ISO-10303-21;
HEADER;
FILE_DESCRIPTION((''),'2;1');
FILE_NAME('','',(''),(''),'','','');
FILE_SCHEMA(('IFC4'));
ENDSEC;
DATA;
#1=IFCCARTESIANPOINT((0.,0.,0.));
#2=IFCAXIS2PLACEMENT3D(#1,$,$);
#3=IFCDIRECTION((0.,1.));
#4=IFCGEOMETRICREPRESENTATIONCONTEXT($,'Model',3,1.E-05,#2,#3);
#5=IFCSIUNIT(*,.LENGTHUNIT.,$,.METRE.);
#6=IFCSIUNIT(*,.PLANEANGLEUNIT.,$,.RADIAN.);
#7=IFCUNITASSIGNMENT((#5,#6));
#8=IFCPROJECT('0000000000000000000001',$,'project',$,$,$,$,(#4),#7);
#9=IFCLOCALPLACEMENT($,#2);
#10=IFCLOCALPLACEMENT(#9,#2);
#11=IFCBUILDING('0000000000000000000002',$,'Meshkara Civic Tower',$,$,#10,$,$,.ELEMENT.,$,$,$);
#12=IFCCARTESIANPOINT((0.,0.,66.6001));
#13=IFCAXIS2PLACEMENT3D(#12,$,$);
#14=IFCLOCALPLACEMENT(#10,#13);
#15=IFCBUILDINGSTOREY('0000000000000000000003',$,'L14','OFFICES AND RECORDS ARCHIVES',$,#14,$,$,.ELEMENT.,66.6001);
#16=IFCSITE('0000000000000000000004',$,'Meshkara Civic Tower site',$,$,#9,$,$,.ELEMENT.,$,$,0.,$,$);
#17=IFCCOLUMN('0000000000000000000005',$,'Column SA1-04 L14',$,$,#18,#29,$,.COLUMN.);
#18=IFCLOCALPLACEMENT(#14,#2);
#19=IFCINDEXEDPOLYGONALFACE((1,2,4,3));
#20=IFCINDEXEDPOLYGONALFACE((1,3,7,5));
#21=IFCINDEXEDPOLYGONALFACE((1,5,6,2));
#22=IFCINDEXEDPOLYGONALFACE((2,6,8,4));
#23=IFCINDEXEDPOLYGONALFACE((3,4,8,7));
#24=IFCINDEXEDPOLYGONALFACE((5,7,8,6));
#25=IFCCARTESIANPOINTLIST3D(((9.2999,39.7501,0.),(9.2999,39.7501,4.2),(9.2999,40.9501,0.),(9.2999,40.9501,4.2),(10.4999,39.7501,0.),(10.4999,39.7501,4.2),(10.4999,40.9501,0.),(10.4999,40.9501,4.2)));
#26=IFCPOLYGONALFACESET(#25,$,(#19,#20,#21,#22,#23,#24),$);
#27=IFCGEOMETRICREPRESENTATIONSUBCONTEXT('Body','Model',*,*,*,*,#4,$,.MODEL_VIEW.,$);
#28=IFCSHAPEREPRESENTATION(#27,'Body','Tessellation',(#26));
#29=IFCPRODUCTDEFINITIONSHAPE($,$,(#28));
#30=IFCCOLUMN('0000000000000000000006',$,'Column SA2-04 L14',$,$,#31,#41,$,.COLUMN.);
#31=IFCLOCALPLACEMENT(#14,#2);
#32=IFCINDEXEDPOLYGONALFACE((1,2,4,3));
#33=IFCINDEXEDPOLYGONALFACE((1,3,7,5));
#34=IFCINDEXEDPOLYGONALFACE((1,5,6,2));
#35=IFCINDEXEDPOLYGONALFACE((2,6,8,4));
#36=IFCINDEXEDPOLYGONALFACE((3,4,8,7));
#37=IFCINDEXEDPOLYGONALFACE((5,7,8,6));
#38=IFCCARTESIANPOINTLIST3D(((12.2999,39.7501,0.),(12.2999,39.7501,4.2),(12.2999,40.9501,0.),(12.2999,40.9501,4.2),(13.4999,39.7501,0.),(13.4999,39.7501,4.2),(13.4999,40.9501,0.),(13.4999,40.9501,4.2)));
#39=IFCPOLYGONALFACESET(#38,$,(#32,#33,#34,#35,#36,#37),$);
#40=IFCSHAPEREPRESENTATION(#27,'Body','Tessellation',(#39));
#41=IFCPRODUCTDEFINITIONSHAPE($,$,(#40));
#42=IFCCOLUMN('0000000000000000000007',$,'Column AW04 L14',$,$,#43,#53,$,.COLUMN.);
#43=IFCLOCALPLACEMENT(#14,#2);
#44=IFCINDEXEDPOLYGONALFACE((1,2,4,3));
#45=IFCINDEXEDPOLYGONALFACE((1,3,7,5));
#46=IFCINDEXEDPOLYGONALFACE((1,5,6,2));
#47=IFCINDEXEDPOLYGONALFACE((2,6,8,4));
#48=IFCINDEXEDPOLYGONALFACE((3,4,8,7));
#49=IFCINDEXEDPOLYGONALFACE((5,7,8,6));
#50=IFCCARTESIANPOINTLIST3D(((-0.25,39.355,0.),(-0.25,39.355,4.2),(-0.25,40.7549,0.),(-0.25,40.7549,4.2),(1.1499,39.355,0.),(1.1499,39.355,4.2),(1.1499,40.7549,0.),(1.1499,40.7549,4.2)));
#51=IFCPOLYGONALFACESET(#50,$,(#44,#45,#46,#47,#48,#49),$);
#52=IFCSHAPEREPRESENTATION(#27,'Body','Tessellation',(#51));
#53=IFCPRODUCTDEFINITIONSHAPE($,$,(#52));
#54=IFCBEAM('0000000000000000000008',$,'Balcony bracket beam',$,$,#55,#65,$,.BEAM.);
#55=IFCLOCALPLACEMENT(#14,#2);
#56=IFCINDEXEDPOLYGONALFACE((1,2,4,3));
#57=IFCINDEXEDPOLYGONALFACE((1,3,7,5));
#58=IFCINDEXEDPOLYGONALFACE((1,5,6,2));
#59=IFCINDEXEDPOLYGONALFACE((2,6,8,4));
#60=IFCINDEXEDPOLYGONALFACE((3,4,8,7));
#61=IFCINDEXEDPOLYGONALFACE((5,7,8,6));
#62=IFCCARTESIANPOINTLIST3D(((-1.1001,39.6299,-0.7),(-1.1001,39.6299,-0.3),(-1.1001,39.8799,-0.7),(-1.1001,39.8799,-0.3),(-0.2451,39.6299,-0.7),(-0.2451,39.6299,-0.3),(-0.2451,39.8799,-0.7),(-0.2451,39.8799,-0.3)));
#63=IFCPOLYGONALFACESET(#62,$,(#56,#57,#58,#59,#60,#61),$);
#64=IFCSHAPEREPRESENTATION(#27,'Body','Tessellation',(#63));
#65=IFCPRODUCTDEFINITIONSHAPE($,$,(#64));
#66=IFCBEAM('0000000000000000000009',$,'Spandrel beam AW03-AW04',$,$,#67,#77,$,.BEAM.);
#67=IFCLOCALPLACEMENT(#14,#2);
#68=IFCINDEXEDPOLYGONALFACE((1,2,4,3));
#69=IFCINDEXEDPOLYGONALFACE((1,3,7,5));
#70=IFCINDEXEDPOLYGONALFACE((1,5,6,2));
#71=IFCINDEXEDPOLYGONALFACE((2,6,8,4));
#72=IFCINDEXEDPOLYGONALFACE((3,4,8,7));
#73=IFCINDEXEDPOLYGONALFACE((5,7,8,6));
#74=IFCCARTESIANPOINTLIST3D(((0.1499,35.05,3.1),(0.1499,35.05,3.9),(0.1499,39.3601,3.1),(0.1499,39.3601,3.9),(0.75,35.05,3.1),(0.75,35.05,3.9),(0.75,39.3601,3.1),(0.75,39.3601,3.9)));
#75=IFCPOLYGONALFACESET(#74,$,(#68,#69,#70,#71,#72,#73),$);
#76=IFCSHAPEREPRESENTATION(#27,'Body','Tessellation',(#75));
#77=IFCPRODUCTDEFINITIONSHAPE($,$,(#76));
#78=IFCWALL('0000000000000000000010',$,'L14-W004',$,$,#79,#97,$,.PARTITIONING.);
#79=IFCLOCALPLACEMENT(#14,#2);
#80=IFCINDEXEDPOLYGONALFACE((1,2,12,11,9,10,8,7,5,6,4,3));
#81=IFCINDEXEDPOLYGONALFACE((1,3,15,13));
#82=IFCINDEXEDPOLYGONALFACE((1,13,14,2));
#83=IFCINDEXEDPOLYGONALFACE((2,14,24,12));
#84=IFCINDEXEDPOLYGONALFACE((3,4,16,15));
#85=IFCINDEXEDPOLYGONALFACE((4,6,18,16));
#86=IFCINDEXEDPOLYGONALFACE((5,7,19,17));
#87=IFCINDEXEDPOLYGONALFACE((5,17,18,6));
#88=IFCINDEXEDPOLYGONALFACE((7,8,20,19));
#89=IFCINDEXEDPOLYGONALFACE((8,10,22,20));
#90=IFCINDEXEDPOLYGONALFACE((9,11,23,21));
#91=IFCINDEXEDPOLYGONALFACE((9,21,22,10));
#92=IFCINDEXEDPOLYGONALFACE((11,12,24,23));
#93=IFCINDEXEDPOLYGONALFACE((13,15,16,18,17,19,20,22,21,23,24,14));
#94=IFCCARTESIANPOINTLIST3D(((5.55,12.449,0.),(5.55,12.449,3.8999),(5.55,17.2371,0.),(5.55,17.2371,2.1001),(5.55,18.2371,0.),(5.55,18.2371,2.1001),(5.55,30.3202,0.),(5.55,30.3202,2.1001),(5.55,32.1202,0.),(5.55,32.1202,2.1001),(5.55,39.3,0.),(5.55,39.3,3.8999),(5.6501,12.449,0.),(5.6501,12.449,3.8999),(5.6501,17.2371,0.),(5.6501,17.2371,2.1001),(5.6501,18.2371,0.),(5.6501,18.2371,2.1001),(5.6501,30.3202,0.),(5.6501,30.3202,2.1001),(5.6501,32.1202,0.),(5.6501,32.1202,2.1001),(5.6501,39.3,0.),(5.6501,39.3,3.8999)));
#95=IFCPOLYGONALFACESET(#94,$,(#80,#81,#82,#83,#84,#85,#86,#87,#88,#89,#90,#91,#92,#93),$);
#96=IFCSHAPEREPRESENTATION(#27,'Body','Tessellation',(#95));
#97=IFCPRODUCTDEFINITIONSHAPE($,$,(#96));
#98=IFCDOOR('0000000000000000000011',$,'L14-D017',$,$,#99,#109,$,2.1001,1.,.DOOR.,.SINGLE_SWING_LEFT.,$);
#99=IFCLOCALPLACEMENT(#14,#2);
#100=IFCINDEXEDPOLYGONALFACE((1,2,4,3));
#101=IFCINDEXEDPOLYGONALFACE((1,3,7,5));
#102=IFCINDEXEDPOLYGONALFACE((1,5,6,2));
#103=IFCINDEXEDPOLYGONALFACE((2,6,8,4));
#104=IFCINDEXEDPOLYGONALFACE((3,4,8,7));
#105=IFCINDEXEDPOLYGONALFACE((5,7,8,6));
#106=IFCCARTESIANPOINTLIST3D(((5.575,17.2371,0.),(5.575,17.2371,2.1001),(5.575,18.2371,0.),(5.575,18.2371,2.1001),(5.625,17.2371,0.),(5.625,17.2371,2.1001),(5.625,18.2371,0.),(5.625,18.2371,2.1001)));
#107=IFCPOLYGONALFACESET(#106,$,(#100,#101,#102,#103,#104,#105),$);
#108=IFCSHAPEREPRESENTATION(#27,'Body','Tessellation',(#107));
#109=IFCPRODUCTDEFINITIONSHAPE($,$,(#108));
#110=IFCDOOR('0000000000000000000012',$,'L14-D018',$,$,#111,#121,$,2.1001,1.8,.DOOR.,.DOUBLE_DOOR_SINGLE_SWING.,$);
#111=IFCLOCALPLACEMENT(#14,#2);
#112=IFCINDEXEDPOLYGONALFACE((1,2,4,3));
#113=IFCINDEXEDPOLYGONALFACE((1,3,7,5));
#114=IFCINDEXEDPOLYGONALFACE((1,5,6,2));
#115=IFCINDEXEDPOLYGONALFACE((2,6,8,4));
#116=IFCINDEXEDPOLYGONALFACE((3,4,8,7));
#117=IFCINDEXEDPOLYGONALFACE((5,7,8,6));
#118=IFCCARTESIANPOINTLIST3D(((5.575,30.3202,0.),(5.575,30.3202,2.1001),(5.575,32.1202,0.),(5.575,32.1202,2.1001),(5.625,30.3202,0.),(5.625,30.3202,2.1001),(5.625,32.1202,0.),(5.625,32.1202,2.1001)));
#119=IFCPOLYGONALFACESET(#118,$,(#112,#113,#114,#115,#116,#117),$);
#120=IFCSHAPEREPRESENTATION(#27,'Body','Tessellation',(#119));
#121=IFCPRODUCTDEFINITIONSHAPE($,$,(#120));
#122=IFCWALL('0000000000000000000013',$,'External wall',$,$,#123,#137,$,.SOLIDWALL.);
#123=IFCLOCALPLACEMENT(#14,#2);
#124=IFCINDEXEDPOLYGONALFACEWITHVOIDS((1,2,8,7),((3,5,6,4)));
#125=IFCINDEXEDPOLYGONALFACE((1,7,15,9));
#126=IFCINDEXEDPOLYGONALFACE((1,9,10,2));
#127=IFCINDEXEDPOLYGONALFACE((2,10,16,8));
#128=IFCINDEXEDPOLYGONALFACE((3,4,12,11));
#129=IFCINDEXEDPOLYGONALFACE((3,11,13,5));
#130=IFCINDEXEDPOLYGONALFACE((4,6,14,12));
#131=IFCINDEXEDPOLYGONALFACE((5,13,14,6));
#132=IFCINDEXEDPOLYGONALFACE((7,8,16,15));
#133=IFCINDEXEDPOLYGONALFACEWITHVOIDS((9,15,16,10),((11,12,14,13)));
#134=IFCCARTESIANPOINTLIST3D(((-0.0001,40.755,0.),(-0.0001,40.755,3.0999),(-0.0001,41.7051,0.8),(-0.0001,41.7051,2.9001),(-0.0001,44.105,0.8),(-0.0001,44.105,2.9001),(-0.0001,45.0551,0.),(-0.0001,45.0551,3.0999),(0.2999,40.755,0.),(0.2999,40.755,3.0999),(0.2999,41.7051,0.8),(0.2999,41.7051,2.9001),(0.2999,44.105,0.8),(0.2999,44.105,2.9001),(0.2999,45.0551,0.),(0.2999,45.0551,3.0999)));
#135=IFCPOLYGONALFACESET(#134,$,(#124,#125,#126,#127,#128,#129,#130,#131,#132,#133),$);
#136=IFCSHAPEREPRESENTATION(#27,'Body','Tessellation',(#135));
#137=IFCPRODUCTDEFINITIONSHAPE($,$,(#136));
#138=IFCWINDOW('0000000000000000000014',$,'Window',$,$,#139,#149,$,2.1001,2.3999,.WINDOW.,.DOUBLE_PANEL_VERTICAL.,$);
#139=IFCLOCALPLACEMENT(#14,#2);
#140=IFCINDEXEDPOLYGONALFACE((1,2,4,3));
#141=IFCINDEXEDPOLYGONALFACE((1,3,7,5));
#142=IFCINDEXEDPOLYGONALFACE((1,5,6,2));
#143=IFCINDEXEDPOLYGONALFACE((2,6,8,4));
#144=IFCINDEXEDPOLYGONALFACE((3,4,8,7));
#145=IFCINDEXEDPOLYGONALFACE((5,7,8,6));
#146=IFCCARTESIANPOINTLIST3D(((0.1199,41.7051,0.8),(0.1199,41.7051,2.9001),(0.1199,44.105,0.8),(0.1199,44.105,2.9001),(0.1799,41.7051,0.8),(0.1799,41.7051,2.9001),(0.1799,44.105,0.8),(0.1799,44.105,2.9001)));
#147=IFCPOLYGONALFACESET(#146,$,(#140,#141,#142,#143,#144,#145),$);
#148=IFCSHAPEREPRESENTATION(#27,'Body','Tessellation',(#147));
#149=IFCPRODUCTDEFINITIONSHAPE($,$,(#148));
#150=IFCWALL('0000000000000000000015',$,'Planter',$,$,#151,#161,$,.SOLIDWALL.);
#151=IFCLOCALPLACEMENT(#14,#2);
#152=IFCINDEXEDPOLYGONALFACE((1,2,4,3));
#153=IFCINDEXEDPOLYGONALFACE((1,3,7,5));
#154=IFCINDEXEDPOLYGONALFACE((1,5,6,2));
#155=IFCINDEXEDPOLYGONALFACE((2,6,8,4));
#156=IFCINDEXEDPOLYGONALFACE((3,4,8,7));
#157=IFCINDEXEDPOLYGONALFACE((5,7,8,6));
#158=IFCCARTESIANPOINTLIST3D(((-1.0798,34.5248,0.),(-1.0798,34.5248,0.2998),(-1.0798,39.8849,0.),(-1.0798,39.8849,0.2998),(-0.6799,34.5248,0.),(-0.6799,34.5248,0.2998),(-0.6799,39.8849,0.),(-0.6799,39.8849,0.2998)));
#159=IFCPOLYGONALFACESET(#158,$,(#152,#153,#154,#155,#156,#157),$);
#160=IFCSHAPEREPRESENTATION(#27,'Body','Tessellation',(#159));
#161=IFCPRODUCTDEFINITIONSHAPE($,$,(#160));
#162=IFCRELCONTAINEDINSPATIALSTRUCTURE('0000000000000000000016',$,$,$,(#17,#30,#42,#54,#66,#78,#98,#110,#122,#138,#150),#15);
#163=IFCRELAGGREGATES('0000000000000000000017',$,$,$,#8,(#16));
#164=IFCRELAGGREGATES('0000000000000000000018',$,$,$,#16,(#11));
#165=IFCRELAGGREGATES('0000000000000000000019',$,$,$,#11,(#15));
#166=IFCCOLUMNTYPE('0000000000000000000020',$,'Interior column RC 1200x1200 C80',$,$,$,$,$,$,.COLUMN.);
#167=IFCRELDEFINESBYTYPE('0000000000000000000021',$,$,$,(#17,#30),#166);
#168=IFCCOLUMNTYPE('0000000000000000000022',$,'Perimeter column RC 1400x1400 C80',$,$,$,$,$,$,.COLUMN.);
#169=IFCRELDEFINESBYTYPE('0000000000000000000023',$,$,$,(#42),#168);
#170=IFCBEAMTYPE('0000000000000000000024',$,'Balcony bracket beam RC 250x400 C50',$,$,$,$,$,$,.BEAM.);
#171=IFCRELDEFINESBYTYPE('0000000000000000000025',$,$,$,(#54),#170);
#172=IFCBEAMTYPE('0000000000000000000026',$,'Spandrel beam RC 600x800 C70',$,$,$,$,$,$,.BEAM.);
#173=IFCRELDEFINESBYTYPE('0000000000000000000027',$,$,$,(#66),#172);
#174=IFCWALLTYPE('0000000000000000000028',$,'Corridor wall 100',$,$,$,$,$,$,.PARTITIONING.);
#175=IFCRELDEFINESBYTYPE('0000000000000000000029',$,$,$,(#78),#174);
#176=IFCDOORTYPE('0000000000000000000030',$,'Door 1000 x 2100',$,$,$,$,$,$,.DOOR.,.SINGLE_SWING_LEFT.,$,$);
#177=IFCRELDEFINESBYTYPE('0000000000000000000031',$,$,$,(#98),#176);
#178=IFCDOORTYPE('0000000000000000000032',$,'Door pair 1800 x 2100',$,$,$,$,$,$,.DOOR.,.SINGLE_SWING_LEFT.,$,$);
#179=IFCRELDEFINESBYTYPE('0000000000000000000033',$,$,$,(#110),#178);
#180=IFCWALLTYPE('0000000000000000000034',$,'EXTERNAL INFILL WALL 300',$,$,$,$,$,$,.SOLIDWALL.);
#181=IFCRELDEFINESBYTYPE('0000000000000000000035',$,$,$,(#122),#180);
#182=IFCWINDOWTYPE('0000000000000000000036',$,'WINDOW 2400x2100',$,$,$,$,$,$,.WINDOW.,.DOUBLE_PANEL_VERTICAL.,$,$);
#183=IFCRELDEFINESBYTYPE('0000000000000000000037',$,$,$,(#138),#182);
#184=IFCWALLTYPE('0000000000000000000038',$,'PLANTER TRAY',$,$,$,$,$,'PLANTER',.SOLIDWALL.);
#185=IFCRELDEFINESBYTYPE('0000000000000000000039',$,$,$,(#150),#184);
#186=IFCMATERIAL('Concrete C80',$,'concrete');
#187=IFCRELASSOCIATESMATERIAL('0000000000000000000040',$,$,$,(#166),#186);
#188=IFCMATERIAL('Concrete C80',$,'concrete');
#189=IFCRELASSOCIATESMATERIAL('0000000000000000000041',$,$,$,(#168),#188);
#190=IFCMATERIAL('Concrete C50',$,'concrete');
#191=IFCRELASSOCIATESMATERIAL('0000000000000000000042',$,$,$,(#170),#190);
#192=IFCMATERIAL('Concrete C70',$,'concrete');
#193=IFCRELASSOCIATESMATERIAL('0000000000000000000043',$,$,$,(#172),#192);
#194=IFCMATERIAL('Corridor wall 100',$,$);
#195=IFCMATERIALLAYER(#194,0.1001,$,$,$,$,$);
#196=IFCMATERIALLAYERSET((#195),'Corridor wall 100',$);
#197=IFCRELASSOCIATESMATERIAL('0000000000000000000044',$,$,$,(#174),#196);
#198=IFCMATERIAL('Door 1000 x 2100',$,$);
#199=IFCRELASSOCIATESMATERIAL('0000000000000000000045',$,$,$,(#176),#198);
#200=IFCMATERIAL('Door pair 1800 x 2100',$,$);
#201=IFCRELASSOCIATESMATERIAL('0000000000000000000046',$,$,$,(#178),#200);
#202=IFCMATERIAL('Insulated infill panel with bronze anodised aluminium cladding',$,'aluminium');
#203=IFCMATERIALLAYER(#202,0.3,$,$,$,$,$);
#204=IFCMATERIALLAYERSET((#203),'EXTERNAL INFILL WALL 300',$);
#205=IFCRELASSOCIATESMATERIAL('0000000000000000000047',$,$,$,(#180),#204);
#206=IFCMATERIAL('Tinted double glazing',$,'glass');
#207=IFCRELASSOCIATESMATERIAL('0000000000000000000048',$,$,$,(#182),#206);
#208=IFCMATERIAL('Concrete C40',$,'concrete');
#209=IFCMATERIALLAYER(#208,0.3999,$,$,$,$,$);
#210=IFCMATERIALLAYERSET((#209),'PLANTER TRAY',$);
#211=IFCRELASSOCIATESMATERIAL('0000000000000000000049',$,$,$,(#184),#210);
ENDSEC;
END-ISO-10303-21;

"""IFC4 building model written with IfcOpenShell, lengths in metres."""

from ifc_helpers import new_model, si_unit, direction, frame, frame_2d, origin, origin_2d, place, context, subcontext, project, spatial, rectangle, extrude, material, layer, layer_set, material_profile, profile_set, type_object, element, fill, save


model = new_model("IFC4")

# Units and contexts
model_context = context("Model", 3, precision=1e-05, world=origin(), true_north=direction((0.0, 1.0)))
body_context = subcontext(model_context, "Body", "Model", "MODEL_VIEW")
ifc_project = project(units=[si_unit("LENGTHUNIT", "METRE"), si_unit("PLANEANGLEUNIT", "RADIAN")], contexts=[model_context])

# Site, building, storey
site_placement = place(None, origin())
site = spatial("IfcSite", under=ifc_project, at=site_placement, Name="Meshkara Civic Tower site", CompositionType="ELEMENT", RefElevation=0.0)
building_placement = place(site_placement, origin())
building = spatial("IfcBuilding", under=site, at=building_placement, Name="Meshkara Civic Tower", CompositionType="ELEMENT")
storey_placement = place(building_placement, frame((0.0, 0.0, 66.6001)))
storey = spatial("IfcBuildingStorey", under=building, at=storey_placement, Name="L14", Description="OFFICES AND RECORDS ARCHIVES", CompositionType="ELEMENT", Elevation=66.6001)

# Columns
ifc_material_1 = material(Name="Concrete C80", Category="concrete")
ifc_material_profile_1 = material_profile(ifc_material_1, rectangle(XDim=1.2, YDim=1.2, at=origin_2d()))
ifc_profile_set_1 = profile_set([ifc_material_profile_1], Name="Concrete C80")
column_type_1 = type_object("IfcColumnType", Name="Interior column RC 1200x1200 C80", PredefinedType="COLUMN", material=ifc_profile_set_1)
for number, where, z_axis, x_axis, name in (
    (1, (9.8999, 40.3501, 0.0), (0.0, 0.0, 1.0), (1.0, 0.0, 0.0), "Column SA1-04 L14"),
    (2, (12.8999, 40.3501, 0.0), (0.0, 0.0, 1.0), (1.0, 0.0, 0.0), "Column SA2-04 L14"),
):
    element("IfcColumn", number, at=place(storey_placement, frame(where, z_axis=z_axis, x_axis=x_axis)), inside=storey, type_object=column_type_1, Name=name, PredefinedType="COLUMN", context=body_context, shape_type="SweptSolid", body=[
        extrude(rectangle(XDim=1.2, YDim=1.2, at=origin_2d()), origin(), (0.0, 0.0, 1.0), 4.2),
    ])
ifc_material_2 = material(Name="Concrete C80", Category="concrete")
ifc_material_profile_2 = material_profile(ifc_material_2, rectangle(XDim=1.3999, YDim=1.3999, at=origin_2d()))
ifc_profile_set_2 = profile_set([ifc_material_profile_2], Name="Concrete C80")
column_type_2 = type_object("IfcColumnType", Name="Perimeter column RC 1400x1400 C80", PredefinedType="COLUMN", material=ifc_profile_set_2)
column_placement = place(storey_placement, frame((0.45, 40.0549, 0.0), z_axis=(0.0, 0.0, 1.0), x_axis=(1.0, 0.0, 0.0)))
element("IfcColumn", 3, at=column_placement, inside=storey, type_object=column_type_2, Name="Column AW04 L14", PredefinedType="COLUMN", context=body_context, shape_type="SweptSolid", body=[
    extrude(rectangle(XDim=1.3999, YDim=1.3999, at=origin_2d()), origin(), (0.0, 0.0, 1.0), 4.2),
])

# Beams
ifc_material_3 = material(Name="Concrete C50", Category="concrete")
ifc_material_profile_3 = material_profile(ifc_material_3, rectangle(XDim=0.25, YDim=0.3999, at=origin_2d()))
ifc_profile_set_3 = profile_set([ifc_material_profile_3], Name="Concrete C50")
beam_type_1 = type_object("IfcBeamType", Name="Balcony bracket beam RC 250x400 C50", PredefinedType="BEAM", material=ifc_profile_set_3)
beam_1_placement = place(storey_placement, frame((-0.2451, 39.7549, -0.5), z_axis=(-1.0, 0.0, 0.0), x_axis=(0.0, -1.0, 0.0)))
element("IfcBeam", 4, at=beam_1_placement, inside=storey, type_object=beam_type_1, Name="Balcony bracket beam", PredefinedType="BEAM", context=body_context, shape_type="SweptSolid", body=[
    extrude(rectangle(XDim=0.25, YDim=0.3999, at=origin_2d()), origin(), (0.0, 0.0, 1.0), 0.855),
])
ifc_material_4 = material(Name="Concrete C70", Category="concrete")
ifc_material_profile_4 = material_profile(ifc_material_4, rectangle(XDim=0.6001, YDim=0.8, at=origin_2d()))
ifc_profile_set_4 = profile_set([ifc_material_profile_4], Name="Concrete C70")
beam_type_2 = type_object("IfcBeamType", Name="Spandrel beam RC 600x800 C70", PredefinedType="BEAM", material=ifc_profile_set_4)
beam_2_placement = place(storey_placement, frame((0.45, 39.3601, 3.5), z_axis=(0.0, -1.0, 0.0), x_axis=(1.0, 0.0, 0.0)))
element("IfcBeam", 5, at=beam_2_placement, inside=storey, type_object=beam_type_2, Name="Spandrel beam AW03-AW04", PredefinedType="BEAM", context=body_context, shape_type="SweptSolid", body=[
    extrude(rectangle(XDim=0.6001, YDim=0.8, at=origin_2d()), origin(), (0.0, 0.0, 1.0), 4.3101),
])

# Wall, openings, doors
ifc_material_5 = material(Name="Corridor wall 100")
ifc_layer_1 = layer(ifc_material_5, 0.1001)
ifc_layer_set_1 = layer_set([ifc_layer_1], Name="Corridor wall 100")
wall_type_1 = type_object("IfcWallType", Name="Corridor wall 100", PredefinedType="PARTITIONING", material=ifc_layer_set_1)
wall_1_placement = place(storey_placement, frame((5.6001, 39.3, 0.0), z_axis=(0.0, 0.0, 1.0), x_axis=(0.0, -1.0, 0.0)))
wall_1 = element("IfcWall", 6, at=wall_1_placement, inside=storey, type_object=wall_type_1, Name="L14-W004", PredefinedType="PARTITIONING", context=body_context, shape_type="SweptSolid", body=[
    extrude(rectangle(XDim=26.8511, YDim=0.1001, at=frame_2d((13.4255, 0.0))), origin(), (0.0, 0.0, 1.0), 3.8999),
])
opening_1_placement = place(wall_1_placement, frame((21.063, 0.0, 0.0)))
opening_1 = element("IfcOpeningElement", 7, at=opening_1_placement, cuts=wall_1, PredefinedType="OPENING", context=body_context, shape_type="SweptSolid", body=[
    extrude(rectangle(XDim=1.0, YDim=2.1001, at=frame_2d((0.5, 1.05))), frame((0.0, 0.0601, 0.0), z_axis=(0.0, -1.0, 0.0), x_axis=(1.0, 0.0, 0.0)), (0.0, 0.0, 1.0), 0.1201),
])
opening_2_placement = place(wall_1_placement, frame((7.1799, 0.0, 0.0)))
opening_2 = element("IfcOpeningElement", 8, at=opening_2_placement, cuts=wall_1, PredefinedType="OPENING", context=body_context, shape_type="SweptSolid", body=[
    extrude(rectangle(XDim=1.8, YDim=2.1001, at=frame_2d((0.8999, 1.05))), frame((0.0, 0.0601, 0.0), z_axis=(0.0, -1.0, 0.0), x_axis=(1.0, 0.0, 0.0)), (0.0, 0.0, 1.0), 0.1201),
])
ifc_material_6 = material(Name="Door 1000 x 2100")
door_type_1 = type_object("IfcDoorType", Name="Door 1000 x 2100", OperationType="SINGLE_SWING_LEFT", PredefinedType="DOOR", material=ifc_material_6)
door_1_placement = place(opening_1_placement, origin())
door_1 = element("IfcDoor", 9, at=door_1_placement, inside=storey, type_object=door_type_1, Name="L14-D017", OperationType="SINGLE_SWING_LEFT", OverallHeight=2.1001, OverallWidth=1.0, PredefinedType="DOOR", context=body_context, shape_type="SweptSolid", body=[
    extrude(rectangle(XDim=1.0, YDim=2.1001, at=frame_2d((0.5, 1.05))), frame((0.0, 0.0249, 0.0), z_axis=(0.0, -1.0, 0.0), x_axis=(1.0, 0.0, 0.0)), (0.0, 0.0, 1.0), 0.05),
])
fill(opening_1, door_1)
ifc_material_7 = material(Name="Door pair 1800 x 2100")
door_type_2 = type_object("IfcDoorType", Name="Door pair 1800 x 2100", OperationType="SINGLE_SWING_LEFT", PredefinedType="DOOR", material=ifc_material_7)
door_2_placement = place(opening_2_placement, origin())
door_2 = element("IfcDoor", 10, at=door_2_placement, inside=storey, type_object=door_type_2, Name="L14-D018", OperationType="DOUBLE_DOOR_SINGLE_SWING", OverallHeight=2.1001, OverallWidth=1.8, PredefinedType="DOOR", context=body_context, shape_type="SweptSolid", body=[
    extrude(rectangle(XDim=1.8, YDim=2.1001, at=frame_2d((0.8999, 1.05))), frame((0.0, 0.0249, 0.0), z_axis=(0.0, -1.0, 0.0), x_axis=(1.0, 0.0, 0.0)), (0.0, 0.0, 1.0), 0.05),
])
fill(opening_2, door_2)

# Wall, opening, window
ifc_material_8 = material(Name="Insulated infill panel with bronze anodised aluminium cladding", Category="aluminium")
ifc_layer_2 = layer(ifc_material_8, 0.3)
ifc_layer_set_2 = layer_set([ifc_layer_2], Name="EXTERNAL INFILL WALL 300")
wall_type_2 = type_object("IfcWallType", Name="EXTERNAL INFILL WALL 300", PredefinedType="SOLIDWALL", material=ifc_layer_set_2)
wall_2_placement = place(storey_placement, frame((0.1499, 45.0549, 0.0), z_axis=(0.0, 0.0, 1.0), x_axis=(0.0, -1.0, 0.0)))
wall_2 = element("IfcWall", 11, at=wall_2_placement, inside=storey, type_object=wall_type_2, Name="External wall", PredefinedType="SOLIDWALL", context=body_context, shape_type="SweptSolid", body=[
    extrude(rectangle(XDim=4.3, YDim=0.3, at=frame_2d((2.1499, 0.0))), origin(), (0.0, 0.0, 1.0), 3.0999),
])
opening_3_placement = place(wall_2_placement, frame((0.95, 0.0, 0.8)))
opening_3 = element("IfcOpeningElement", 12, at=opening_3_placement, cuts=wall_2, PredefinedType="OPENING", context=body_context, shape_type="SweptSolid", body=[
    extrude(rectangle(XDim=2.3999, YDim=2.1001, at=frame_2d((1.2, 1.05))), frame((0.0, 0.1599, 0.0), z_axis=(0.0, -1.0, 0.0), x_axis=(1.0, 0.0, 0.0)), (0.0, 0.0, 1.0), 0.3201),
])
ifc_material_9 = material(Name="Tinted double glazing", Category="glass")
window_type = type_object("IfcWindowType", Name="WINDOW 2400x2100", PartitioningType="DOUBLE_PANEL_VERTICAL", PredefinedType="WINDOW", material=ifc_material_9)
window_placement = place(opening_3_placement, origin())
window = element("IfcWindow", 13, at=window_placement, inside=storey, type_object=window_type, Name="Window", OverallHeight=2.1001, OverallWidth=2.3999, PartitioningType="DOUBLE_PANEL_VERTICAL", PredefinedType="WINDOW", context=body_context, shape_type="SweptSolid", body=[
    extrude(rectangle(XDim=2.3999, YDim=2.1001, at=frame_2d((1.2, 1.05))), frame((0.0, 0.03, 0.0), z_axis=(0.0, -1.0, 0.0), x_axis=(1.0, 0.0, 0.0)), (0.0, 0.0, 1.0), 0.0601),
])
fill(opening_3, window)

# Wall
ifc_material_10 = material(Name="Concrete C40", Category="concrete")
ifc_layer_3 = layer(ifc_material_10, 0.3999)
ifc_layer_set_3 = layer_set([ifc_layer_3], Name="PLANTER TRAY")
wall_type_3 = type_object("IfcWallType", Name="PLANTER TRAY", ElementType="PLANTER", PredefinedType="SOLIDWALL", material=ifc_layer_set_3)
wall_3_placement = place(storey_placement, frame((-0.8799, 39.885, 0.0), z_axis=(0.0, 0.0, 1.0), x_axis=(0.0, -1.0, 0.0)))
element("IfcWall", 14, at=wall_3_placement, inside=storey, type_object=wall_type_3, Name="Planter", PredefinedType="SOLIDWALL", context=body_context, shape_type="SweptSolid", body=[
    extrude(rectangle(XDim=5.3601, YDim=0.3999, at=frame_2d((2.6802, 0.0))), origin(), (0.0, 0.0, 1.0), 0.2998),
])

save(model, "model.ifc")
